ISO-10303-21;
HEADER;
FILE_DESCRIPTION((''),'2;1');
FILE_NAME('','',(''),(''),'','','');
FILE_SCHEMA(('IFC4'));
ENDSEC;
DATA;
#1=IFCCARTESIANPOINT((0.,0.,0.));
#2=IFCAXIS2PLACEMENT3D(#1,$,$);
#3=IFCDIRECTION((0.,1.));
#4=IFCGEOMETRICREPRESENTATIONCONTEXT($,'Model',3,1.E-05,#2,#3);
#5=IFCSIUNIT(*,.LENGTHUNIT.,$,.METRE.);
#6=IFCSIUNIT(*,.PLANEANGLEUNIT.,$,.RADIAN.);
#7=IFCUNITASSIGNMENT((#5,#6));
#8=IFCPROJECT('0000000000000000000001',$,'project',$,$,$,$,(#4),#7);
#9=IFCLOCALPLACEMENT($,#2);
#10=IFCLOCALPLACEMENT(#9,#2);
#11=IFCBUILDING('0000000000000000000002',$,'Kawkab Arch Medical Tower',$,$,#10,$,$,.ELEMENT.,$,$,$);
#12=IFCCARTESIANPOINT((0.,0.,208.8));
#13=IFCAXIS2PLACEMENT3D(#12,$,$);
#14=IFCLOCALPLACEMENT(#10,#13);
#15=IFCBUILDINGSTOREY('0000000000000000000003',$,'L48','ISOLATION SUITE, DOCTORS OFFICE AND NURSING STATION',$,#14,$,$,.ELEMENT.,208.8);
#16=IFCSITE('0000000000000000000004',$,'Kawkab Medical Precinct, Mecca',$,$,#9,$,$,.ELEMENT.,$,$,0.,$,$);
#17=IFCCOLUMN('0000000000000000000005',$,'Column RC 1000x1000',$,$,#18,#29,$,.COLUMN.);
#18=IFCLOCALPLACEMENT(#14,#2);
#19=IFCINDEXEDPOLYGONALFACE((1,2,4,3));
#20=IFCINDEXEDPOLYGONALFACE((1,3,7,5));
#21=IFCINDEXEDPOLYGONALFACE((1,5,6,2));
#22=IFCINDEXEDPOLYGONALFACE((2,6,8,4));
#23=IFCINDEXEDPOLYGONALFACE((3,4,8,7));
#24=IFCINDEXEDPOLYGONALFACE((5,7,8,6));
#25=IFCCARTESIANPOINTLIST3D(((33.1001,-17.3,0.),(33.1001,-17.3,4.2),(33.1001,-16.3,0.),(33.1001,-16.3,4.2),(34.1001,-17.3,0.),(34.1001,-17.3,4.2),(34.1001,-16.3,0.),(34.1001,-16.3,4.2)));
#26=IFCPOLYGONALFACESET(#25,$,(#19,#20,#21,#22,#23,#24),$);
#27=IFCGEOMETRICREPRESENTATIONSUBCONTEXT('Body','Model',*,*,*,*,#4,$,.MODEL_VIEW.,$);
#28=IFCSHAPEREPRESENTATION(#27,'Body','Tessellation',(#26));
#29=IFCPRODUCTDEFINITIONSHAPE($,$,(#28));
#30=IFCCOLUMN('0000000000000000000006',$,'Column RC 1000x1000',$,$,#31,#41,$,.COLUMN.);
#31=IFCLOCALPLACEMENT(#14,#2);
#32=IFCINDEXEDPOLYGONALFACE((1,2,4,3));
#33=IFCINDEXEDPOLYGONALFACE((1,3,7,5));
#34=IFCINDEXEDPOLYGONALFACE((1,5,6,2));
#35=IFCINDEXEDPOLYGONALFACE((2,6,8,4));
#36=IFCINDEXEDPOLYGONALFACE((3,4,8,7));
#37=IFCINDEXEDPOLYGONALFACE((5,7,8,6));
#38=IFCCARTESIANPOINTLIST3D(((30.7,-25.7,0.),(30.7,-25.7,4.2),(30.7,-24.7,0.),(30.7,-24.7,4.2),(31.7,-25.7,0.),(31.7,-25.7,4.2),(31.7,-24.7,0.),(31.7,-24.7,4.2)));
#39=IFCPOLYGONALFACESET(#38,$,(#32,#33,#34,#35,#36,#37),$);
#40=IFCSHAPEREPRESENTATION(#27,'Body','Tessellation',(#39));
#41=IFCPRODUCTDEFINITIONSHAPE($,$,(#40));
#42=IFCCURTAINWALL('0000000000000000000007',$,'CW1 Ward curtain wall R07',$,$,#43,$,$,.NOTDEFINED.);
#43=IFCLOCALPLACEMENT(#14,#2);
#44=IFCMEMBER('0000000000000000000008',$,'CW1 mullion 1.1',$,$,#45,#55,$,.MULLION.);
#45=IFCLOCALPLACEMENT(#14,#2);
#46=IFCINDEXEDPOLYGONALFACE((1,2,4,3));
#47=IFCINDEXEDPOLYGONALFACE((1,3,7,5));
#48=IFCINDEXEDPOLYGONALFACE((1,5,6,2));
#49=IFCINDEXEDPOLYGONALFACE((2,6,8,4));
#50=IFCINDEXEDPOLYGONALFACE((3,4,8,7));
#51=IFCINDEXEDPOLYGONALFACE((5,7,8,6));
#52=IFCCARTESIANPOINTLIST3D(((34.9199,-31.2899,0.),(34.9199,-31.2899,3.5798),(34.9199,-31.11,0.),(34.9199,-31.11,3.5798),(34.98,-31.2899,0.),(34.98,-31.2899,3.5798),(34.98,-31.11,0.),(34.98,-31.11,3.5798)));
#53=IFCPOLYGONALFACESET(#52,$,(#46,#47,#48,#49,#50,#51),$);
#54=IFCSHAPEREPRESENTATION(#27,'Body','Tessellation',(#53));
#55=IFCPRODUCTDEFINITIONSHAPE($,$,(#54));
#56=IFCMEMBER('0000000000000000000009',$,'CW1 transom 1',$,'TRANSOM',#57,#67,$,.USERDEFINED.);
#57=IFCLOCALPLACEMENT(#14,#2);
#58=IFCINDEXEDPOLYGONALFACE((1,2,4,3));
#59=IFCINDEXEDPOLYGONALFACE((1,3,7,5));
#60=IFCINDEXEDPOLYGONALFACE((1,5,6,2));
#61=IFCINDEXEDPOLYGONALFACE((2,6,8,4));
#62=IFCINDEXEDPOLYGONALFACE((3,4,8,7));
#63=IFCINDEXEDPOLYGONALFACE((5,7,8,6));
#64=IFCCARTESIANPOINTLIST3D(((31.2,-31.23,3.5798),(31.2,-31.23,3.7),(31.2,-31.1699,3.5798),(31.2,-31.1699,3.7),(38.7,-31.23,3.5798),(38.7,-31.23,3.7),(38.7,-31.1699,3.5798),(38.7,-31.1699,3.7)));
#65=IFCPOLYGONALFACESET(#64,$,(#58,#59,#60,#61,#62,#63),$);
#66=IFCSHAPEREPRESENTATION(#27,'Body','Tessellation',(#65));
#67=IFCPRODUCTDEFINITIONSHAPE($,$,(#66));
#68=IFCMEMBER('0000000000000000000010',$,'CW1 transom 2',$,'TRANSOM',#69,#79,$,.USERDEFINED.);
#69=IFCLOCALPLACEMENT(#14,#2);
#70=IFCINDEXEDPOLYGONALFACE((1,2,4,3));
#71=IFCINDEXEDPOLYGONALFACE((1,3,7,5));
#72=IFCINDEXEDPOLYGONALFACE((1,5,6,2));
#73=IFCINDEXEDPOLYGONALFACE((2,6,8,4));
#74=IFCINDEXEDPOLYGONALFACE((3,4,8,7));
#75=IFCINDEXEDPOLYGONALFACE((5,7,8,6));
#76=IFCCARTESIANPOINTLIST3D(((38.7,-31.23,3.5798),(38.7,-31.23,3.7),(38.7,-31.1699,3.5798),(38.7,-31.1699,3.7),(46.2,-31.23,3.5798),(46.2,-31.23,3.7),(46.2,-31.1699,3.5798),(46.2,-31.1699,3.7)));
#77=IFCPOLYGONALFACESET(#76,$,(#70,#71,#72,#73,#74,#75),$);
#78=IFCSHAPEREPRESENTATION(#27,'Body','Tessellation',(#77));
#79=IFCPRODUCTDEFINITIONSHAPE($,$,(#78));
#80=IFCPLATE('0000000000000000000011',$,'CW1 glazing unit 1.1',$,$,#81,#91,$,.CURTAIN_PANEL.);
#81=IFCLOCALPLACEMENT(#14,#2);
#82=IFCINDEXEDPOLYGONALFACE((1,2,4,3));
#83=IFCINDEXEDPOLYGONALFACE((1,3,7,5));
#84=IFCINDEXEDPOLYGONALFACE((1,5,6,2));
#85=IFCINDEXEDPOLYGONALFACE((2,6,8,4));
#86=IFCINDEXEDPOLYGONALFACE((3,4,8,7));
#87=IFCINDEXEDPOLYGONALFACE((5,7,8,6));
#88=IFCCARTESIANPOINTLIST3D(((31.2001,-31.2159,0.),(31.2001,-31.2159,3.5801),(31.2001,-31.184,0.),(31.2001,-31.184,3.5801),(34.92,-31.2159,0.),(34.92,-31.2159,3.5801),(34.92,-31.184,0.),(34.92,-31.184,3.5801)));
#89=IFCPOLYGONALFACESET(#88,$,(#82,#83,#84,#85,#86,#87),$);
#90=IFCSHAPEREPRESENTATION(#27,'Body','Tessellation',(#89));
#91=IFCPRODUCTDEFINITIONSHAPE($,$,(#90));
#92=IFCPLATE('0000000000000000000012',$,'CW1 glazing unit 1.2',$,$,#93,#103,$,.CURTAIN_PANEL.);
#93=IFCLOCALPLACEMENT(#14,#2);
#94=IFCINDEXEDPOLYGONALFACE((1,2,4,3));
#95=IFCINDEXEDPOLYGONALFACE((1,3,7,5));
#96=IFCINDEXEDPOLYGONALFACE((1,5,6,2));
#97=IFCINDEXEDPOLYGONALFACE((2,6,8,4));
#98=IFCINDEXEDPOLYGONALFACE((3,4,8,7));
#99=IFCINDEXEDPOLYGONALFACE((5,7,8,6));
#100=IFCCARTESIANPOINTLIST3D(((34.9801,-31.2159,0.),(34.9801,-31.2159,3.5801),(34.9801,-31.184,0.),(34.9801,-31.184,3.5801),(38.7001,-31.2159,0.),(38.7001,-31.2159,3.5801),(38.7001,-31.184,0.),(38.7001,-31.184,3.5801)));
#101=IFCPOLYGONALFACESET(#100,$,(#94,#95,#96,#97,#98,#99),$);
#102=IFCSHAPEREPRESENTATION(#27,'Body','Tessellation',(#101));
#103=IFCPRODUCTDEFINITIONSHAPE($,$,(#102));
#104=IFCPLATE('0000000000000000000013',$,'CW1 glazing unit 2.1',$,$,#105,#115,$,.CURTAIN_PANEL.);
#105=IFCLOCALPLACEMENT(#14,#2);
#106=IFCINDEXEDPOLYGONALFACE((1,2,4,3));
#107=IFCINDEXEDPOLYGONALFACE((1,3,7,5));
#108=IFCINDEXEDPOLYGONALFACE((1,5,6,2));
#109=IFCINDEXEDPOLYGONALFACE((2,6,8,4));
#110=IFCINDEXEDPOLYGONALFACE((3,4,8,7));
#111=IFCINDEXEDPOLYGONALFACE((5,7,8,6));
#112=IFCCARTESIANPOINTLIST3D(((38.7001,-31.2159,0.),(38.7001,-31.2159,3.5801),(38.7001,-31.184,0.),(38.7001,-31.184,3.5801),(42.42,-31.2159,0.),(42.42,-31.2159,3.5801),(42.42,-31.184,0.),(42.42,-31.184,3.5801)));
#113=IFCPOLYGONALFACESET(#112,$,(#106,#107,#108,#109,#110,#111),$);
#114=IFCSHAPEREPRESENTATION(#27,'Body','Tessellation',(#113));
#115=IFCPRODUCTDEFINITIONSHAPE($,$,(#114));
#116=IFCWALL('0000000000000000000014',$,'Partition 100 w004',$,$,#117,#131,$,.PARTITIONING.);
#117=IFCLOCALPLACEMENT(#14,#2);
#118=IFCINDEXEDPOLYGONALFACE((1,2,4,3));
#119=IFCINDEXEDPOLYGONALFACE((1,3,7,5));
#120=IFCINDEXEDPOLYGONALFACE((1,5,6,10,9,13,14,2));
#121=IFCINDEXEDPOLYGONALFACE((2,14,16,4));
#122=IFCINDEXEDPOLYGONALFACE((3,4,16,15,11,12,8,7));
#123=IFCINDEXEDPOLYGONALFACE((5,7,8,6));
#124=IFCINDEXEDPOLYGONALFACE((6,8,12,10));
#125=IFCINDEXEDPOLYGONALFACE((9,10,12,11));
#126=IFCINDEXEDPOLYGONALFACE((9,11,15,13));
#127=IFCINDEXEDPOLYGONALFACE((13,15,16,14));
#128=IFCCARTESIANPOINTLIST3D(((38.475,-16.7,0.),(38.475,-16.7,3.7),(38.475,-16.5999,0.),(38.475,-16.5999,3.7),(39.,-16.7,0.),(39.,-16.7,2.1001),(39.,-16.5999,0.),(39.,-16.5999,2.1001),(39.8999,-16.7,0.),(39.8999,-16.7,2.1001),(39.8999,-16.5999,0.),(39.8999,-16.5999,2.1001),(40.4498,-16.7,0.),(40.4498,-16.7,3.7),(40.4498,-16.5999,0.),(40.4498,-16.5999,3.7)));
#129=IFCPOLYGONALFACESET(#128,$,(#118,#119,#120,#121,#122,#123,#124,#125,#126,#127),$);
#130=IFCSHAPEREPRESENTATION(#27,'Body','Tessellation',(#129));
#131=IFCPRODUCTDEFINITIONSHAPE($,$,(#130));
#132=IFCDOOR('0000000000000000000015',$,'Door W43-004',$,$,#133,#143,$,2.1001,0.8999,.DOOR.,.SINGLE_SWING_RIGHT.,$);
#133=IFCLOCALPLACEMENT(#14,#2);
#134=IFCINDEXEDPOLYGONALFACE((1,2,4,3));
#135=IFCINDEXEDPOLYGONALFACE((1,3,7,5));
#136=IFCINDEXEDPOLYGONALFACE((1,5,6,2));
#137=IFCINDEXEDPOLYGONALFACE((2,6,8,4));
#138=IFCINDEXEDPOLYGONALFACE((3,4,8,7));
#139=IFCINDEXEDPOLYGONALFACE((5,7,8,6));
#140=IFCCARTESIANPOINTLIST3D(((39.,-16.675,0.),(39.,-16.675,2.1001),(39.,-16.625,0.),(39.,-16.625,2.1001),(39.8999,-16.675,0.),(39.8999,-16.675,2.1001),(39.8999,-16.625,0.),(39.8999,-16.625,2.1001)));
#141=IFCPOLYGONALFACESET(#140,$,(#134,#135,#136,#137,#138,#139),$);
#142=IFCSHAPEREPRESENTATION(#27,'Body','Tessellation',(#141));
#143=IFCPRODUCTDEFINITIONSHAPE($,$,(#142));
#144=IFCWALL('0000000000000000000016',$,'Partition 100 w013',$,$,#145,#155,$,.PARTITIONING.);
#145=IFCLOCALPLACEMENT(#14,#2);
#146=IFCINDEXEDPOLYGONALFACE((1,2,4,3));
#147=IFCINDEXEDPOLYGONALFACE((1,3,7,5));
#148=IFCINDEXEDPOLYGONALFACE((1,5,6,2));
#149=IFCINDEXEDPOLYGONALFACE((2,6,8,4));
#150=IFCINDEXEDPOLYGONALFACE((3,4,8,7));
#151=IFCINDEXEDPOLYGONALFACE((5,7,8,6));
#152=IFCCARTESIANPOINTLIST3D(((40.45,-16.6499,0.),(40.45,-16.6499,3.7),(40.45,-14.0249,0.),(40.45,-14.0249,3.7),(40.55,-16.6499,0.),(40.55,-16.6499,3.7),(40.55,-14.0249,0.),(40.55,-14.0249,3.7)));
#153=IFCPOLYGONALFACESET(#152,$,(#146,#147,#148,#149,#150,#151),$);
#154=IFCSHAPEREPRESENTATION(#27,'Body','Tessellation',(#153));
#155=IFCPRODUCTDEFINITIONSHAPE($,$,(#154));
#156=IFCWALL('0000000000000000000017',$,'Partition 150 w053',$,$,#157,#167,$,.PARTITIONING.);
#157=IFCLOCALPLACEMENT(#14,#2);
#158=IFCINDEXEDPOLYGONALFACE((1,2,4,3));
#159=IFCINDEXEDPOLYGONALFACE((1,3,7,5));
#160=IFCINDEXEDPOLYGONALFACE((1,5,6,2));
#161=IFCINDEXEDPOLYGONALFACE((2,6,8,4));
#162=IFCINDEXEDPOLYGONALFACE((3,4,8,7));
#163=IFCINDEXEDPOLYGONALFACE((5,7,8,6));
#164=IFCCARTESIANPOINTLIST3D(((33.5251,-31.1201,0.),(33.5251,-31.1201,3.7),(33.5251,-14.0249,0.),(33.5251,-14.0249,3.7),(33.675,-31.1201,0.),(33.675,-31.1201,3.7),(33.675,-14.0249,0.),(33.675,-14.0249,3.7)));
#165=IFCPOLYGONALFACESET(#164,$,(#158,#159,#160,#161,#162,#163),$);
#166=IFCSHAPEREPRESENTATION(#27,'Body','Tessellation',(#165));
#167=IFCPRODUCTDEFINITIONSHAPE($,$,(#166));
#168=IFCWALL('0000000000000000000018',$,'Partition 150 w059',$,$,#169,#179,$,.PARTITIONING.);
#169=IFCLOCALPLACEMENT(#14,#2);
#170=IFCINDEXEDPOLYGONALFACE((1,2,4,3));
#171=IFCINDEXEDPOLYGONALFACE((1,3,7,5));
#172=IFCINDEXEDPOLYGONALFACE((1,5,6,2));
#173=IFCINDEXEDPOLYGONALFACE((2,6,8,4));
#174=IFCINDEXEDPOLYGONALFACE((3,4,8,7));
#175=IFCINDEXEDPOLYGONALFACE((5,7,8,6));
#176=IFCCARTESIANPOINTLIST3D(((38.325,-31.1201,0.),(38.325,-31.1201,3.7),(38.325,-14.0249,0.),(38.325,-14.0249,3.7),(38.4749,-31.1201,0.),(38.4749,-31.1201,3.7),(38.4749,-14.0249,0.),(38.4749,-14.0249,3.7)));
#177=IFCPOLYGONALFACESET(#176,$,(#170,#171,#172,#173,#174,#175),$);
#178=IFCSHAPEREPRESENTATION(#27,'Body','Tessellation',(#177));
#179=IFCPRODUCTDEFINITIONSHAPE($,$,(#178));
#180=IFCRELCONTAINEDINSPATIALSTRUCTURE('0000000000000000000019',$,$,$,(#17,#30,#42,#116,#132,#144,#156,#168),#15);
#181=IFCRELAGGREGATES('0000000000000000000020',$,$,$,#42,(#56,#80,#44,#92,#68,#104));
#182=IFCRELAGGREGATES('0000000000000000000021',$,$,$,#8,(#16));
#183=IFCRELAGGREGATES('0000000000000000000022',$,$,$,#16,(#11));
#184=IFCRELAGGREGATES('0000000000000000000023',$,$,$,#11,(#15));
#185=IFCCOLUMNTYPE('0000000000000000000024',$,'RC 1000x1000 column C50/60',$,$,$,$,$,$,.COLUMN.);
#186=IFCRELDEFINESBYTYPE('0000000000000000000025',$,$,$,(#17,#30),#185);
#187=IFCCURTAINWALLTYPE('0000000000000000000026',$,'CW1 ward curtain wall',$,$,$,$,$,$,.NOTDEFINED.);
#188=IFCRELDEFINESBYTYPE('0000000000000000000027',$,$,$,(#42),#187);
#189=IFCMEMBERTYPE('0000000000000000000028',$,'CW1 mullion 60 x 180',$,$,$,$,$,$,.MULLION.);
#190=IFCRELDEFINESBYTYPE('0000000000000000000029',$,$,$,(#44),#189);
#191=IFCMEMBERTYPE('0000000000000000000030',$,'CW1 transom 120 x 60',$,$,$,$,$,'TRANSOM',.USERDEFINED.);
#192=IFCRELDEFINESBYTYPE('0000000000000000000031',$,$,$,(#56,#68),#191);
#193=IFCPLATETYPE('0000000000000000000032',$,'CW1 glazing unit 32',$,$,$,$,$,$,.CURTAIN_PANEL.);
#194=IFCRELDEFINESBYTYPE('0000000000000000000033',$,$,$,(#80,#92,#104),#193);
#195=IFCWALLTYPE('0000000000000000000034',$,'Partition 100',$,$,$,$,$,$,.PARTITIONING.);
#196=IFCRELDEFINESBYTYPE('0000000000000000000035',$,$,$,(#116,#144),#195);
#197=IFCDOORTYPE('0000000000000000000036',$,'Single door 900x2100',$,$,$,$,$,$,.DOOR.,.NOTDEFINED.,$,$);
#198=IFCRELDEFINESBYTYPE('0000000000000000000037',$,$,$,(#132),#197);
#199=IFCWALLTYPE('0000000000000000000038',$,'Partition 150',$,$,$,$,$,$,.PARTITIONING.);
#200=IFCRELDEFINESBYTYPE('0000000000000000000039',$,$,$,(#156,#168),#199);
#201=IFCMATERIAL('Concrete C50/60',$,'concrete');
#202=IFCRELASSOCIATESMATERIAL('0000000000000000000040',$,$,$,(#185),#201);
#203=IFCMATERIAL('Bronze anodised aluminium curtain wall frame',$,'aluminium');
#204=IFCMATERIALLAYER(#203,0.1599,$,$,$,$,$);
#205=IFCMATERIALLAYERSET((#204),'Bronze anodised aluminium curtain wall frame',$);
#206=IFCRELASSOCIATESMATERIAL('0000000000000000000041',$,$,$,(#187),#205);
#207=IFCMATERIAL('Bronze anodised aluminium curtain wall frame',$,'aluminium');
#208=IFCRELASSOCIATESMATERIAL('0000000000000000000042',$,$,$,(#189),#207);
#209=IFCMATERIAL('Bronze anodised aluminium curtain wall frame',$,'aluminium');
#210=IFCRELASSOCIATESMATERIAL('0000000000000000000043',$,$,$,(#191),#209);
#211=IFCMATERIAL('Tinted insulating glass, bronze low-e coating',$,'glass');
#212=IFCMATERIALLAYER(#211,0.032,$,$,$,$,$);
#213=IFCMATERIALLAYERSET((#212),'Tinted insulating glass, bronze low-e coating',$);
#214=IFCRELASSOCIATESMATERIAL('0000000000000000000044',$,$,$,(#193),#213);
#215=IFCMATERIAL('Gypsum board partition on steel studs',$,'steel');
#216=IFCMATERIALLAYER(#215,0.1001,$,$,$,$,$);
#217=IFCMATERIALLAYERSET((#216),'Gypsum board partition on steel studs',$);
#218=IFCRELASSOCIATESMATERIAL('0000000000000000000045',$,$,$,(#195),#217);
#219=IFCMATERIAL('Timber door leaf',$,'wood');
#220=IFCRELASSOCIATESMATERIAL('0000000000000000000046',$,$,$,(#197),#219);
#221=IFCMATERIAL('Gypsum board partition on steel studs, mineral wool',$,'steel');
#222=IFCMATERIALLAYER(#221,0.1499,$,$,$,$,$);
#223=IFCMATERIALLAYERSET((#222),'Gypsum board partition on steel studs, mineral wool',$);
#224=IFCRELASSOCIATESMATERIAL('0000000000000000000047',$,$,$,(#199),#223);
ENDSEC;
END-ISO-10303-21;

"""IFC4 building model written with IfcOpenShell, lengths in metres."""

from ifc_helpers import new_model, si_unit, direction, frame, frame_2d, origin, origin_2d, place, context, subcontext, project, spatial, rectangle, extrude, material, layer, layer_set, material_profile, profile_set, type_object, element, fill, aggregate, save


model = new_model("IFC4")

# Units and contexts
model_context = context("Model", 3, precision=1e-05, world=origin(), true_north=direction((0.0, 1.0)))
body_context = subcontext(model_context, "Body", "Model", "MODEL_VIEW")
ifc_project = project(units=[si_unit("LENGTHUNIT", "METRE"), si_unit("PLANEANGLEUNIT", "RADIAN")], contexts=[model_context])

# Site, building, storey
site_placement = place(None, origin())
site = spatial("IfcSite", under=ifc_project, at=site_placement, Name="Kawkab Medical Precinct, Mecca", CompositionType="ELEMENT", RefElevation=0.0)
building_placement = place(site_placement, origin())
building = spatial("IfcBuilding", under=site, at=building_placement, Name="Kawkab Arch Medical Tower", CompositionType="ELEMENT")
storey_placement = place(building_placement, frame((0.0, 0.0, 208.8)))
storey = spatial("IfcBuildingStorey", under=building, at=storey_placement, Name="L48", Description="ISOLATION SUITE, DOCTORS OFFICE AND NURSING STATION", CompositionType="ELEMENT", Elevation=208.8)

# Columns
ifc_material_1 = material(Name="Concrete C50/60", Category="concrete")
ifc_material_profile_1 = material_profile(ifc_material_1, rectangle(XDim=1.0, YDim=1.0, at=origin_2d()), Name="RC 1000x1000")
ifc_profile_set_1 = profile_set([ifc_material_profile_1], Name="Concrete C50/60")
column_type = type_object("IfcColumnType", Name="RC 1000x1000 column C50/60", PredefinedType="COLUMN", material=ifc_profile_set_1)
for number, where, z_axis, x_axis, name in (
    (1, (33.6001, -16.8, 0.0), (0.0, 0.0, 1.0), (1.0, 0.0, 0.0), "Column RC 1000x1000"),
    (2, (31.2, -25.2, 0.0), (0.0, 0.0, 1.0), (1.0, 0.0, 0.0), "Column RC 1000x1000"),
):
    element("IfcColumn", number, at=place(storey_placement, frame(where, z_axis=z_axis, x_axis=x_axis)), inside=storey, type_object=column_type, Name=name, PredefinedType="COLUMN", context=body_context, shape_type="SweptSolid", body=[
        extrude(rectangle(XDim=1.0, YDim=1.0, at=origin_2d()), origin(), (0.0, 0.0, 1.0), 4.2),
    ])

# Curtain wall, members, plates
ifc_material_2 = material(Name="Bronze anodised aluminium curtain wall frame", Category="aluminium")
ifc_layer_1 = layer(ifc_material_2, 0.1599)
ifc_layer_set_1 = layer_set([ifc_layer_1], Name="Bronze anodised aluminium curtain wall frame")
curtain_wall_type = type_object("IfcCurtainWallType", Name="CW1 ward curtain wall", PredefinedType="NOTDEFINED", material=ifc_layer_set_1)
curtain_wall_placement = place(storey_placement, origin())
curtain_wall = element("IfcCurtainWall", 3, at=curtain_wall_placement, inside=storey, type_object=curtain_wall_type, Name="CW1 Ward curtain wall R07", PredefinedType="NOTDEFINED")
ifc_material_3 = material(Name="Bronze anodised aluminium curtain wall frame", Category="aluminium")
ifc_material_profile_2 = material_profile(ifc_material_3, rectangle(XDim=0.1799, YDim=0.0601, at=origin_2d()), Name="AL 60x180")
ifc_profile_set_2 = profile_set([ifc_material_profile_2], Name="Bronze anodised aluminium curtain wall frame")
member_type_1 = type_object("IfcMemberType", Name="CW1 mullion 60 x 180", PredefinedType="MULLION", material=ifc_profile_set_2)
member_1_placement = place(storey_placement, frame((34.95, -31.2, 0.0), z_axis=(0.0, 0.0, 1.0), x_axis=(0.0, 1.0, 0.0)))
member_1 = element("IfcMember", 4, at=member_1_placement, type_object=member_type_1, Name="CW1 mullion 1.1", PredefinedType="MULLION", context=body_context, shape_type="SweptSolid", body=[
    extrude(rectangle(XDim=0.1799, YDim=0.0601, at=origin_2d()), origin(), (0.0, 0.0, 1.0), 3.5798),
])
ifc_material_4 = material(Name="Bronze anodised aluminium curtain wall frame", Category="aluminium")
ifc_material_profile_3 = material_profile(ifc_material_4, rectangle(XDim=0.0601, YDim=0.1201, at=origin_2d()), Name="AL 60x120")
ifc_profile_set_3 = profile_set([ifc_material_profile_3], Name="Bronze anodised aluminium curtain wall frame")
member_type_2 = type_object("IfcMemberType", Name="CW1 transom 120 x 60", ElementType="TRANSOM", PredefinedType="USERDEFINED", material=ifc_profile_set_3)
member_2_placement = place(storey_placement, frame((31.2, -31.2, 3.6399), z_axis=(1.0, 0.0, 0.0), x_axis=(0.0, 1.0, 0.0)))
member_2 = element("IfcMember", 5, at=member_2_placement, type_object=member_type_2, Name="CW1 transom 1", ObjectType="TRANSOM", PredefinedType="USERDEFINED", context=body_context, shape_type="SweptSolid", body=[
    extrude(rectangle(XDim=0.0601, YDim=0.1201, at=origin_2d()), origin(), (0.0, 0.0, 1.0), 7.5),
])
member_3_placement = place(storey_placement, frame((38.7, -31.2, 3.6399), z_axis=(1.0, 0.0, 0.0), x_axis=(0.0, 1.0, 0.0)))
member_3 = element("IfcMember", 6, at=member_3_placement, type_object=member_type_2, Name="CW1 transom 2", ObjectType="TRANSOM", PredefinedType="USERDEFINED", context=body_context, shape_type="SweptSolid", body=[
    extrude(rectangle(XDim=0.0601, YDim=0.1201, at=origin_2d()), origin(), (0.0, 0.0, 1.0), 7.5),
])
ifc_material_5 = material(Name="Tinted insulating glass, bronze low-e coating", Category="glass")
ifc_layer_2 = layer(ifc_material_5, 0.032)
ifc_layer_set_2 = layer_set([ifc_layer_2], Name="Tinted insulating glass, bronze low-e coating")
plate_type = type_object("IfcPlateType", Name="CW1 glazing unit 32", PredefinedType="CURTAIN_PANEL", material=ifc_layer_set_2)
plate_1_placement = place(storey_placement, frame((33.0601, -31.2, 0.0), z_axis=(0.0, 0.0, 1.0), x_axis=(1.0, 0.0, 0.0)))
plate_1 = element("IfcPlate", 7, at=plate_1_placement, type_object=plate_type, Name="CW1 glazing unit 1.1", PredefinedType="CURTAIN_PANEL", context=body_context, shape_type="SweptSolid", body=[
    extrude(rectangle(XDim=3.72, YDim=0.032, at=origin_2d()), origin(), (0.0, 0.0, 1.0), 3.5801),
])
plate_2_placement = place(storey_placement, frame((36.8401, -31.2, 0.0), z_axis=(0.0, 0.0, 1.0), x_axis=(1.0, 0.0, 0.0)))
plate_2 = element("IfcPlate", 8, at=plate_2_placement, type_object=plate_type, Name="CW1 glazing unit 1.2", PredefinedType="CURTAIN_PANEL", context=body_context, shape_type="SweptSolid", body=[
    extrude(rectangle(XDim=3.72, YDim=0.032, at=origin_2d()), origin(), (0.0, 0.0, 1.0), 3.5801),
])
plate_3_placement = place(storey_placement, frame((40.5601, -31.2, 0.0), z_axis=(0.0, 0.0, 1.0), x_axis=(1.0, 0.0, 0.0)))
plate_3 = element("IfcPlate", 9, at=plate_3_placement, type_object=plate_type, Name="CW1 glazing unit 2.1", PredefinedType="CURTAIN_PANEL", context=body_context, shape_type="SweptSolid", body=[
    extrude(rectangle(XDim=3.72, YDim=0.032, at=origin_2d()), origin(), (0.0, 0.0, 1.0), 3.5801),
])
aggregate(curtain_wall, [member_2, plate_1, member_1, plate_2, member_3, plate_3])

# Wall, opening, door
ifc_material_6 = material(Name="Gypsum board partition on steel studs", Category="steel")
ifc_layer_3 = layer(ifc_material_6, 0.1001)
ifc_layer_set_3 = layer_set([ifc_layer_3], Name="Gypsum board partition on steel studs")
wall_type_1 = type_object("IfcWallType", Name="Partition 100", PredefinedType="PARTITIONING", material=ifc_layer_set_3)
wall_1_placement = place(storey_placement, frame((38.4751, -16.6499, 0.0), z_axis=(0.0, 0.0, 1.0), x_axis=(1.0, 0.0, 0.0)))
wall_1 = element("IfcWall", 10, at=wall_1_placement, inside=storey, type_object=wall_type_1, Name="Partition 100 w004", PredefinedType="PARTITIONING", context=body_context, shape_type="SweptSolid", body=[
    extrude(rectangle(XDim=1.9749, YDim=0.1001, at=frame_2d((0.9873, 0.0))), origin(), (0.0, 0.0, 1.0), 3.7),
])
opening_placement = place(wall_1_placement, frame((0.5249, 0.0, 0.0)))
opening = element("IfcOpeningElement", 11, at=opening_placement, cuts=wall_1, PredefinedType="OPENING", context=body_context, shape_type="SweptSolid", body=[
    extrude(rectangle(XDim=0.8999, YDim=2.1001, at=frame_2d((0.45, 1.05))), frame((0.0, 0.0601, 0.0), z_axis=(0.0, -1.0, 0.0), x_axis=(1.0, 0.0, 0.0)), (0.0, 0.0, 1.0), 0.1201),
])
ifc_material_7 = material(Name="Timber door leaf", Category="wood")
door_type = type_object("IfcDoorType", Name="Single door 900x2100", OperationType="NOTDEFINED", PredefinedType="DOOR", material=ifc_material_7)
door_placement = place(opening_placement, origin())
door = element("IfcDoor", 12, at=door_placement, inside=storey, type_object=door_type, Name="Door W43-004", OperationType="SINGLE_SWING_RIGHT", OverallHeight=2.1001, OverallWidth=0.8999, PredefinedType="DOOR", context=body_context, shape_type="SweptSolid", body=[
    extrude(rectangle(XDim=0.8999, YDim=2.1001, at=frame_2d((0.45, 1.05))), frame((0.0, 0.0249, 0.0), z_axis=(0.0, -1.0, 0.0), x_axis=(1.0, 0.0, 0.0)), (0.0, 0.0, 1.0), 0.05),
])
fill(opening, door)

# Walls
wall_2_placement = place(storey_placement, frame((40.5, -16.6499, 0.0), z_axis=(0.0, 0.0, 1.0), x_axis=(0.0, 1.0, 0.0)))
element("IfcWall", 13, at=wall_2_placement, inside=storey, type_object=wall_type_1, Name="Partition 100 w013", PredefinedType="PARTITIONING", context=body_context, shape_type="SweptSolid", body=[
    extrude(rectangle(XDim=2.625, YDim=0.1001, at=frame_2d((1.3125, 0.0))), origin(), (0.0, 0.0, 1.0), 3.7),
])
ifc_material_8 = material(Name="Gypsum board partition on steel studs, mineral wool", Category="steel")
ifc_layer_4 = layer(ifc_material_8, 0.1499)
ifc_layer_set_4 = layer_set([ifc_layer_4], Name="Gypsum board partition on steel studs, mineral wool")
wall_type_2 = type_object("IfcWallType", Name="Partition 150", PredefinedType="PARTITIONING", material=ifc_layer_set_4)
for number, where, z_axis, x_axis, name in (
    (14, (33.6001, -31.1201, 0.0), (0.0, 0.0, 1.0), (0.0, 1.0, 0.0), "Partition 150 w053"),
    (15, (38.3999, -31.1201, 0.0), (0.0, 0.0, 1.0), (0.0, 1.0, 0.0), "Partition 150 w059"),
):
    element("IfcWall", number, at=place(storey_placement, frame(where, z_axis=z_axis, x_axis=x_axis)), inside=storey, type_object=wall_type_2, Name=name, PredefinedType="PARTITIONING", context=body_context, shape_type="SweptSolid", body=[
        extrude(rectangle(XDim=17.0952, YDim=0.1499, at=frame_2d((8.5476, 0.0))), origin(), (0.0, 0.0, 1.0), 3.7),
    ])

save(model, "model.ifc")
